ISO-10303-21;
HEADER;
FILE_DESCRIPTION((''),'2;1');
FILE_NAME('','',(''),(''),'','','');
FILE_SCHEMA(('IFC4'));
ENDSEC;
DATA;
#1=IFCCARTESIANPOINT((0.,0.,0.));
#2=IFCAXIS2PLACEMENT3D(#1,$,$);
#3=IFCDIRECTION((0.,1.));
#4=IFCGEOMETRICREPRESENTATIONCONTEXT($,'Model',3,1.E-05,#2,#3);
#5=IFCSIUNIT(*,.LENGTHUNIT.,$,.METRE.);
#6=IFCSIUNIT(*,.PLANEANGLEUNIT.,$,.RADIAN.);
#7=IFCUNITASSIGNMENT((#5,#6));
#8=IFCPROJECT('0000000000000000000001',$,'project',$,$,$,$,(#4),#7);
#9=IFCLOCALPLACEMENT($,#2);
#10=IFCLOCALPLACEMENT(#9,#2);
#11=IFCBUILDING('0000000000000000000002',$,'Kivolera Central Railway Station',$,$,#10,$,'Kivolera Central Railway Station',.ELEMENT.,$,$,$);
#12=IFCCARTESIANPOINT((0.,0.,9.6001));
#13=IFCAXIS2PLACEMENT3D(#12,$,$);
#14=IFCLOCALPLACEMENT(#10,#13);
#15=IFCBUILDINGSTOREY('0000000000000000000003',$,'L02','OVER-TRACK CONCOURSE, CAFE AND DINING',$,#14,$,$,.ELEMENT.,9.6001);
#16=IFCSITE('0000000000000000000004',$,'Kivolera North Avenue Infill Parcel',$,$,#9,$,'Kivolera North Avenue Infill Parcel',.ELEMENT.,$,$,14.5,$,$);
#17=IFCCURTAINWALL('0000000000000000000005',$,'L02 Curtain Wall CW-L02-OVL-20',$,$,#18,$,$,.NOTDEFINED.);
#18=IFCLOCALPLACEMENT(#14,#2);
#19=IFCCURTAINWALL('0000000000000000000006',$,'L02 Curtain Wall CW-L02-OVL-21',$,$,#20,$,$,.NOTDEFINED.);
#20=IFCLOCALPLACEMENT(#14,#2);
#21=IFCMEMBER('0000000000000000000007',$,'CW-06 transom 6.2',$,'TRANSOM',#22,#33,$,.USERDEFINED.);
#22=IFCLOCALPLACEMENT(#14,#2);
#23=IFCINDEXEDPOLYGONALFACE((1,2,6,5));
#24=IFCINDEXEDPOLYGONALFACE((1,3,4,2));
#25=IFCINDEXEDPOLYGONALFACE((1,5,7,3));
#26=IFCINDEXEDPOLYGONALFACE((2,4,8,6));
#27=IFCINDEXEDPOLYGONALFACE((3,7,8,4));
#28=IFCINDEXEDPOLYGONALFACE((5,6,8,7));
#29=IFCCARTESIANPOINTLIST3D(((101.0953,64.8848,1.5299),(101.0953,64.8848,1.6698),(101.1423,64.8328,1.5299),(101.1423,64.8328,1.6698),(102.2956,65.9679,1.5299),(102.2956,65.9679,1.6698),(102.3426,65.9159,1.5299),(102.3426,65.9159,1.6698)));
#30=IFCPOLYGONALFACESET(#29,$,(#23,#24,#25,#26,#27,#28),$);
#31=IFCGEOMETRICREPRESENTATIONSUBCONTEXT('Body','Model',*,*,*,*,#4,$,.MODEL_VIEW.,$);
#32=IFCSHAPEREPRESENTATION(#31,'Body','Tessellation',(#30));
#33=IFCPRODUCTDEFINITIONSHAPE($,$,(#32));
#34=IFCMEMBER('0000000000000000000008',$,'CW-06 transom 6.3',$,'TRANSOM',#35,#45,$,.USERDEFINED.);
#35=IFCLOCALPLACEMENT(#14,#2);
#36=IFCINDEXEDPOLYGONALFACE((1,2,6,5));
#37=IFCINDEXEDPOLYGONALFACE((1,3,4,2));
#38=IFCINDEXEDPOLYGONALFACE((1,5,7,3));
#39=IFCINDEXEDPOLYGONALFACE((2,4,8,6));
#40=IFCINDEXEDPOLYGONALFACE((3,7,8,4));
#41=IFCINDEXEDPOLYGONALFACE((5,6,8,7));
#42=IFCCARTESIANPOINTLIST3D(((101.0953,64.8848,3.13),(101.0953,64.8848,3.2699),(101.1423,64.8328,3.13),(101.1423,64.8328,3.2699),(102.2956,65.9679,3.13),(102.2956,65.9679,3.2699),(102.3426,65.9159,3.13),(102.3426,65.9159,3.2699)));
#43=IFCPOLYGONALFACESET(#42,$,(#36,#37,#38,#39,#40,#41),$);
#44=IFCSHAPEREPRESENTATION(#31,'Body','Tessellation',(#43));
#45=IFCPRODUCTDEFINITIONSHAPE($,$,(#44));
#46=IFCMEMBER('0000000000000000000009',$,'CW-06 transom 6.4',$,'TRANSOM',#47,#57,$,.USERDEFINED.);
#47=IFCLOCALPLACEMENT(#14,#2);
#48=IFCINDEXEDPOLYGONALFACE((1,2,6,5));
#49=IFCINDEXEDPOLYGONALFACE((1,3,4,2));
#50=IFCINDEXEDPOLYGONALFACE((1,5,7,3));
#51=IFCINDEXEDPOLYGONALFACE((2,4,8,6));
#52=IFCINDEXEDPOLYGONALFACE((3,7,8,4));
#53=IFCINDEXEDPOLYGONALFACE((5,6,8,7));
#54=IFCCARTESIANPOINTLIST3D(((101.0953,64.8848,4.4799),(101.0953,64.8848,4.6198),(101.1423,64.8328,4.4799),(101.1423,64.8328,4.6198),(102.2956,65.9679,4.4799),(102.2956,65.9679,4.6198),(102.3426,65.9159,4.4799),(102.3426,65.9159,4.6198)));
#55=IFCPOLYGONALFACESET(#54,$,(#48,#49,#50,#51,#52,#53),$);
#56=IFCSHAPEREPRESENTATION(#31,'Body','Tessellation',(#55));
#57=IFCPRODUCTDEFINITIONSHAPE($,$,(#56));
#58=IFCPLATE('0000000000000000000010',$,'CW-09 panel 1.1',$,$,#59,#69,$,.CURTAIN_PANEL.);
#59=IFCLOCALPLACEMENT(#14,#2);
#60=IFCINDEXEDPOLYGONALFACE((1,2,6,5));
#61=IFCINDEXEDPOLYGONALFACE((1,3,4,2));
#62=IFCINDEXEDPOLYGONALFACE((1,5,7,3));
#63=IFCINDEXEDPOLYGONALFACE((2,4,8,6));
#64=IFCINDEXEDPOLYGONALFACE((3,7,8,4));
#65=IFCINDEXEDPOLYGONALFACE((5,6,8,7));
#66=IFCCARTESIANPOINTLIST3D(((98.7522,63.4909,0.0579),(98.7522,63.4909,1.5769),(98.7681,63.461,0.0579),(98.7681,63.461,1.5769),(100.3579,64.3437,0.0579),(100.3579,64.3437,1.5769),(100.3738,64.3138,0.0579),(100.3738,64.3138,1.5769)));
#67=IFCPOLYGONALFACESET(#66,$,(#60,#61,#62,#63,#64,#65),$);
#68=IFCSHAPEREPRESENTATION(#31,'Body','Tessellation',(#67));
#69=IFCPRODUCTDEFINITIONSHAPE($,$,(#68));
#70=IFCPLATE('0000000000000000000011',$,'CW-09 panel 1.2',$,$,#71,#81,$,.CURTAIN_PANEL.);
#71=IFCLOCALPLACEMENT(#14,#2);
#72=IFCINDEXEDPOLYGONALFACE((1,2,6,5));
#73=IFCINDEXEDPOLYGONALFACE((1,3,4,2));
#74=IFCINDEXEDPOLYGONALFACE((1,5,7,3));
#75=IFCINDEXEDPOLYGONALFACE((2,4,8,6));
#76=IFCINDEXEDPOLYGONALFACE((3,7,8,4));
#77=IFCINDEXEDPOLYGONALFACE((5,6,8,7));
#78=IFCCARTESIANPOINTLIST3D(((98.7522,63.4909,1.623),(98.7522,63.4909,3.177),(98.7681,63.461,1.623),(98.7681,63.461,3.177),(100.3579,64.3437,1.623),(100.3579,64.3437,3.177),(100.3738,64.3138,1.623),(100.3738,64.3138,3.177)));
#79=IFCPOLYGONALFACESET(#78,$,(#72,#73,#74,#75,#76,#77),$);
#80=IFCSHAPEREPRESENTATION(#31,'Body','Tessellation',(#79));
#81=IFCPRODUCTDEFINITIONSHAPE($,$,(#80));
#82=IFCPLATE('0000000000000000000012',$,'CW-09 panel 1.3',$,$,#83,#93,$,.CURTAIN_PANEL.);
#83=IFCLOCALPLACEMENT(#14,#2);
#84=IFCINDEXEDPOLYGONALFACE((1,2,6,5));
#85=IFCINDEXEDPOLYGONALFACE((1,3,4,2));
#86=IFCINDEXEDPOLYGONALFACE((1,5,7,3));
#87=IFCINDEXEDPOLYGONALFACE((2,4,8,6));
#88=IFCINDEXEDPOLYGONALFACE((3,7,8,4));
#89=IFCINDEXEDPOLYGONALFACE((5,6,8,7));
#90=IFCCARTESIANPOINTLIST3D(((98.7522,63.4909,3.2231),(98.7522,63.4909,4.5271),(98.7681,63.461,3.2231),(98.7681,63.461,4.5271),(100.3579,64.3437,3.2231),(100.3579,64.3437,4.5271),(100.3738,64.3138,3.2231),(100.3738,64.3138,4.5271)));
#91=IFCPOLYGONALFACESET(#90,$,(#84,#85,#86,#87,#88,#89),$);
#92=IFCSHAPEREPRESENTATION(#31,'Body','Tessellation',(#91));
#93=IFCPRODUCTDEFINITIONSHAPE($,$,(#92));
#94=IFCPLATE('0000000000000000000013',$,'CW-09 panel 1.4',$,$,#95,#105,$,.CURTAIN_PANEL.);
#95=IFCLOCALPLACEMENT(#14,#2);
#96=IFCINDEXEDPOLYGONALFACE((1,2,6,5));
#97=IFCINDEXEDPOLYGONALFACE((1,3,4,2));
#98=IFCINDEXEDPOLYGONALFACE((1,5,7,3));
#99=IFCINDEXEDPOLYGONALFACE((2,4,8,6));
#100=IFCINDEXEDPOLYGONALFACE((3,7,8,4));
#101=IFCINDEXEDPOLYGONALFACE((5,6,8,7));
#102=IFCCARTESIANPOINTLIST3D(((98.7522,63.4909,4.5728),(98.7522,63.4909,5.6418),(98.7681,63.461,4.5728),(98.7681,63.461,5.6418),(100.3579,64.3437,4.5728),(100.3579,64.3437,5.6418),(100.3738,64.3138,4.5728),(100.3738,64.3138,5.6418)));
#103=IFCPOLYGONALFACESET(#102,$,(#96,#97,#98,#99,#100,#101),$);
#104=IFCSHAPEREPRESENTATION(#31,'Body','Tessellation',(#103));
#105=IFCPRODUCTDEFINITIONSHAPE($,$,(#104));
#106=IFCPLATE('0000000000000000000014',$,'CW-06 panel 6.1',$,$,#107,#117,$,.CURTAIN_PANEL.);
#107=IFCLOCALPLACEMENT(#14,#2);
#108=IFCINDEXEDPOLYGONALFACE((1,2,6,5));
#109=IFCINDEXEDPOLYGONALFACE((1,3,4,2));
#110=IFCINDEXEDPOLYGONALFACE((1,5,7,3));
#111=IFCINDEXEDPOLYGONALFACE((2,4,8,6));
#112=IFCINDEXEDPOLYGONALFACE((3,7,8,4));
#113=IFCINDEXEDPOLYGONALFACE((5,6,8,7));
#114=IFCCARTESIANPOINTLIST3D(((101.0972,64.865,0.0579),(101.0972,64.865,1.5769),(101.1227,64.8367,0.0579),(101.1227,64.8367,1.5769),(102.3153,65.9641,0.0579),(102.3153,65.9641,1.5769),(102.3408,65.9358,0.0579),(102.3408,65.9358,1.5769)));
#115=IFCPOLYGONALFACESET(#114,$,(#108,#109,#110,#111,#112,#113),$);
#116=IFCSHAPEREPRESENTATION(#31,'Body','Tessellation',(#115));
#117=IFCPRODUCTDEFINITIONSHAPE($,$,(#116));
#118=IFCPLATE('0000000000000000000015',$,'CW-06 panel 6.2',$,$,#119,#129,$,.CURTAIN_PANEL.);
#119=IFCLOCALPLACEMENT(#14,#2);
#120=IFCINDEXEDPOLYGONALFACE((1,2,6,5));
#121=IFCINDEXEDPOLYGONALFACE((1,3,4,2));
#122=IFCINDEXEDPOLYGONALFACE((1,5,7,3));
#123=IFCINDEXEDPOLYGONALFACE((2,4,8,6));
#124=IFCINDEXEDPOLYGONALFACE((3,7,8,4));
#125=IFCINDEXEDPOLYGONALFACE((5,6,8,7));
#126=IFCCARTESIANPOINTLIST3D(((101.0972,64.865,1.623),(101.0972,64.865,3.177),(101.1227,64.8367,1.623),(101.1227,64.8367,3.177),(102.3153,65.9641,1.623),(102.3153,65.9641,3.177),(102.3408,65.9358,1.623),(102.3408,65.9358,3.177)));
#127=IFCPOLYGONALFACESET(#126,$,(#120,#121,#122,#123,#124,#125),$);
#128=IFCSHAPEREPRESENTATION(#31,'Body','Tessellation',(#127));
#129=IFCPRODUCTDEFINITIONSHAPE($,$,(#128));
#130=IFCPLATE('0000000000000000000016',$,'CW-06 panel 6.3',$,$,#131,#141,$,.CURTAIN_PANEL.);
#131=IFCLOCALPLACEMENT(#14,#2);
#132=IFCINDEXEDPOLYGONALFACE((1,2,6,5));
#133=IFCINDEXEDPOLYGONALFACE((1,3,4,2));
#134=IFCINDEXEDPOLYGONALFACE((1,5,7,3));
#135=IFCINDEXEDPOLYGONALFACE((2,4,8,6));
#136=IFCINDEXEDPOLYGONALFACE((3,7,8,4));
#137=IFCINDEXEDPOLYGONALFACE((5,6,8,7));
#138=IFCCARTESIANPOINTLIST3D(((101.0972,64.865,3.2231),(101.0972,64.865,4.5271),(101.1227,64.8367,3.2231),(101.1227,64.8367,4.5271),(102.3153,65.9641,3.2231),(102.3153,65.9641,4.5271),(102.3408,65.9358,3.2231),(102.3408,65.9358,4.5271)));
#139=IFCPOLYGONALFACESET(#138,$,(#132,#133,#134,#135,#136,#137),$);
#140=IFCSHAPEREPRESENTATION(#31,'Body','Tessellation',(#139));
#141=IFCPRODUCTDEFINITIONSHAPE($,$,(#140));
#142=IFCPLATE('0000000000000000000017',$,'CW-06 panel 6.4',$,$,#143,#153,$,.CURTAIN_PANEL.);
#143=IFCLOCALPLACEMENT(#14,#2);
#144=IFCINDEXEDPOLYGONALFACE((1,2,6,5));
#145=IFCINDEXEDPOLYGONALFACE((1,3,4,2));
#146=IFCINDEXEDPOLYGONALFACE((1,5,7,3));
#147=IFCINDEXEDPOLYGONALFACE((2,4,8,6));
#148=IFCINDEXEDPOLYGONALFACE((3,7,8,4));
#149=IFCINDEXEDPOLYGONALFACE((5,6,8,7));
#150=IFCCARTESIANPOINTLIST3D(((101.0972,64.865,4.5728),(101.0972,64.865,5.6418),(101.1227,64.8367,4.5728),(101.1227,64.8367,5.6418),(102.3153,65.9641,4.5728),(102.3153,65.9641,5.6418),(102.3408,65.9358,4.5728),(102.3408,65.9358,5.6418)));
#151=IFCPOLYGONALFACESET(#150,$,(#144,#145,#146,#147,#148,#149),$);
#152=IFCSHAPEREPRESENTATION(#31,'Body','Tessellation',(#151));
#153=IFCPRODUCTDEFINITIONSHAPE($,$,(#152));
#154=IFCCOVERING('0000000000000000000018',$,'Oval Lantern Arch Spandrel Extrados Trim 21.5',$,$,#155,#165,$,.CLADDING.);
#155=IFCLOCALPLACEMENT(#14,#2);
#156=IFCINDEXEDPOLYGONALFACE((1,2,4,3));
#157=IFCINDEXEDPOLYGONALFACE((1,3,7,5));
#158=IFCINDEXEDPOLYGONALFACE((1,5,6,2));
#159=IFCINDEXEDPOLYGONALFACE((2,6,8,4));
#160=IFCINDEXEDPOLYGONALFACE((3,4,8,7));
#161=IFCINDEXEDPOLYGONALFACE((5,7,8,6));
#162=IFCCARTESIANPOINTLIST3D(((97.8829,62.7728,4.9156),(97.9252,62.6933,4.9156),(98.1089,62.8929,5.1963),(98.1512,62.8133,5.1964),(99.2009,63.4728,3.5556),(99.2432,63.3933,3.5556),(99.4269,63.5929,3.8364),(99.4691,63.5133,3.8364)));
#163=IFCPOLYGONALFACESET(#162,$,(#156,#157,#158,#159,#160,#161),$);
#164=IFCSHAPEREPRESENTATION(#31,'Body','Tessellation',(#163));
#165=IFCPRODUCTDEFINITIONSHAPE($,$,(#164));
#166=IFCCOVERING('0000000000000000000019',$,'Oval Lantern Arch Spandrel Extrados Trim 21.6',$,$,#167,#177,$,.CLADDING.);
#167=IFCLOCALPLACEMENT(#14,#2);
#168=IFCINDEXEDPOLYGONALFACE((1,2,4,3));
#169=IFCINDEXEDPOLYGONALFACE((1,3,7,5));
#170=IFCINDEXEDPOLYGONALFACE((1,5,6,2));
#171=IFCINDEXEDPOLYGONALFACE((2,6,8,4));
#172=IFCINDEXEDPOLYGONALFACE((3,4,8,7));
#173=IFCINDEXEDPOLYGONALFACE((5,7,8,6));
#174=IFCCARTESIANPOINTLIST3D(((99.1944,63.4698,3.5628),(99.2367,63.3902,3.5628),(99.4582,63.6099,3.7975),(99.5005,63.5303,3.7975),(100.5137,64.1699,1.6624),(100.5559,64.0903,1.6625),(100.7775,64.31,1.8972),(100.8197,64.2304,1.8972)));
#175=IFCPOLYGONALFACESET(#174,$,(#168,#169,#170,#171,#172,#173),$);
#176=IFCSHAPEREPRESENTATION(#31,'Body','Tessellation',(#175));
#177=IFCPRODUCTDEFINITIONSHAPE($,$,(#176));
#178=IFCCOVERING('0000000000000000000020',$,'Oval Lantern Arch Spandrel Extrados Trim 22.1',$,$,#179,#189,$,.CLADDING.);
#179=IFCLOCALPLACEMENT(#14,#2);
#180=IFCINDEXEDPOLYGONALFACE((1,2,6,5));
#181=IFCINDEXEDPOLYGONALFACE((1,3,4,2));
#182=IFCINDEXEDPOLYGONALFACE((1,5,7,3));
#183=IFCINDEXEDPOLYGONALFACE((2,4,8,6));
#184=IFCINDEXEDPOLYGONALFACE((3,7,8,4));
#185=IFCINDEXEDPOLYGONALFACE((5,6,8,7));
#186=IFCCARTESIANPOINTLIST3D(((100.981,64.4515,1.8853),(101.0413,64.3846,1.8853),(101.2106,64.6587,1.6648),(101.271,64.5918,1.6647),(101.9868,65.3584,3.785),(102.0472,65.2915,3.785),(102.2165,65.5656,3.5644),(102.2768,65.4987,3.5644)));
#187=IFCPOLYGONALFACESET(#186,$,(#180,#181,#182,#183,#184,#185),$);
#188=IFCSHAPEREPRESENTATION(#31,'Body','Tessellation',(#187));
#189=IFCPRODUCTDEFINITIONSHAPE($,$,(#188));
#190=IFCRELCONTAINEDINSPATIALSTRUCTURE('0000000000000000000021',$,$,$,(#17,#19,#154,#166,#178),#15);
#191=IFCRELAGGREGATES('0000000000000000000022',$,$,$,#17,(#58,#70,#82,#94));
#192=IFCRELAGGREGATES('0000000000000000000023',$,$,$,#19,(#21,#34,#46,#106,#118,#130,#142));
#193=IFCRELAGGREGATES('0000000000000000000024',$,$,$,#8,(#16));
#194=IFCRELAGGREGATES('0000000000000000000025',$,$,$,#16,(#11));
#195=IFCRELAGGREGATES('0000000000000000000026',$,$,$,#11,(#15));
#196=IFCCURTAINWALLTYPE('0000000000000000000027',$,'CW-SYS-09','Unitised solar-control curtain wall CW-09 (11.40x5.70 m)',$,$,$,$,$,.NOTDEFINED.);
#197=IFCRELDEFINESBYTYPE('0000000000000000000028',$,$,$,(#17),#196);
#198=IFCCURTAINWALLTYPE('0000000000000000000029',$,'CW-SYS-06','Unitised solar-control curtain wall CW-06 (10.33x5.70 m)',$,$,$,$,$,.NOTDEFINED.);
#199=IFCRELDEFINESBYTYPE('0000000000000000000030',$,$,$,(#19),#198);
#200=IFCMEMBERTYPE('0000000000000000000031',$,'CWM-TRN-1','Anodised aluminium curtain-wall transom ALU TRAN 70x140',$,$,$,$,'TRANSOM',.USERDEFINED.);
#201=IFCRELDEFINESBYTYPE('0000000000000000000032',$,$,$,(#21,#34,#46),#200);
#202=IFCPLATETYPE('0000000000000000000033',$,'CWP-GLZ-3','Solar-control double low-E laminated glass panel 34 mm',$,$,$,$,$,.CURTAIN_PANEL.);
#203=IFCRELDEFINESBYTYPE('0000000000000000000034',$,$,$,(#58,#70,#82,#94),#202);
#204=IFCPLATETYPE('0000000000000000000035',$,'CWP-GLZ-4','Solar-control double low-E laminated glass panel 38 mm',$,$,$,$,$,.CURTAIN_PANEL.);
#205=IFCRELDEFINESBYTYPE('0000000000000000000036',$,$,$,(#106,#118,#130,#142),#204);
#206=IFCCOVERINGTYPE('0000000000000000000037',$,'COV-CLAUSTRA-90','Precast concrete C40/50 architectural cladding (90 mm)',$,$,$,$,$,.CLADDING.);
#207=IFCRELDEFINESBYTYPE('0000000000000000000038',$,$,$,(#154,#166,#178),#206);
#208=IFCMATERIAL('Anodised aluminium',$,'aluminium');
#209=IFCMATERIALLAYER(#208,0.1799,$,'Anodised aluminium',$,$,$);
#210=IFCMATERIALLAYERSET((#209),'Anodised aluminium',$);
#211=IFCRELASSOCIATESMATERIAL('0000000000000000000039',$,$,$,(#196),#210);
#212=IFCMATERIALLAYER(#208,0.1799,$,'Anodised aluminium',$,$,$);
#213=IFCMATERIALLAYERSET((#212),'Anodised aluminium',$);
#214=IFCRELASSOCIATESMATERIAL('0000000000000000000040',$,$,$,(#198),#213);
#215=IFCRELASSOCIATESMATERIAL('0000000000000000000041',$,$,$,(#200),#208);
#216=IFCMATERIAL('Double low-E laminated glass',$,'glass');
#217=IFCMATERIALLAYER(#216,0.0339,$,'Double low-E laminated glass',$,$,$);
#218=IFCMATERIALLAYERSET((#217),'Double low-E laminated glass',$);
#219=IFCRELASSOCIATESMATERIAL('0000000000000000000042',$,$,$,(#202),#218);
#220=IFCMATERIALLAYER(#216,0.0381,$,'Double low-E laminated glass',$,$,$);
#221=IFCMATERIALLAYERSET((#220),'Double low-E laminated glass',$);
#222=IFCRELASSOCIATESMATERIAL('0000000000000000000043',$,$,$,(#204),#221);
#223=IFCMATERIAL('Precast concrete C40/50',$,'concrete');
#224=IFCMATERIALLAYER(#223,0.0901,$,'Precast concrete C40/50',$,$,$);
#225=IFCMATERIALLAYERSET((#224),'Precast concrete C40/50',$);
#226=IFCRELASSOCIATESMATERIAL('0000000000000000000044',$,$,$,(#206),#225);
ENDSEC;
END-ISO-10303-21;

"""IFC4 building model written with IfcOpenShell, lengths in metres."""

from ifc_helpers import new_model, si_unit, direction, frame, origin, origin_2d, place, context, subcontext, project, spatial, rectangle, extrude, material, layer, layer_set, material_profile, profile_set, type_object, element, aggregate, save


model = new_model("IFC4")

# Units and contexts
model_context = context("Model", 3, precision=1e-05, world=origin(), true_north=direction((0.0, 1.0)))
body_context = subcontext(model_context, "Body", "Model", "MODEL_VIEW")
ifc_project = project(units=[si_unit("LENGTHUNIT", "METRE"), si_unit("PLANEANGLEUNIT", "RADIAN")], contexts=[model_context])

# Site, building, storey
site_placement = place(None, origin())
site = spatial("IfcSite", under=ifc_project, at=site_placement, Name="Kivolera North Avenue Infill Parcel", LongName="Kivolera North Avenue Infill Parcel", CompositionType="ELEMENT", RefElevation=14.5)
building_placement = place(site_placement, origin())
building = spatial("IfcBuilding", under=site, at=building_placement, Name="Kivolera Central Railway Station", LongName="Kivolera Central Railway Station", CompositionType="ELEMENT")
storey_placement = place(building_placement, frame((0.0, 0.0, 9.6001)))
storey = spatial("IfcBuildingStorey", under=building, at=storey_placement, Name="L02", Description="OVER-TRACK CONCOURSE, CAFE AND DINING", CompositionType="ELEMENT", Elevation=9.6001)

# Curtain wall
ifc_material_1 = material(Name="Anodised aluminium", Category="aluminium")
ifc_layer_1 = layer(ifc_material_1, 0.1799, Name="Anodised aluminium")
ifc_layer_set_1 = layer_set([ifc_layer_1], Name="Anodised aluminium")
curtain_wall_type_1 = type_object("IfcCurtainWallType", Name="CW-SYS-09", Description="Unitised solar-control curtain wall CW-09 (11.40x5.70 m)", PredefinedType="NOTDEFINED", material=ifc_layer_set_1)
curtain_wall_1_placement = place(storey_placement, origin())
curtain_wall_1 = element("IfcCurtainWall", 1, at=curtain_wall_1_placement, inside=storey, type_object=curtain_wall_type_1, Name="L02 Curtain Wall CW-L02-OVL-20", PredefinedType="NOTDEFINED")

# Curtain wall
ifc_layer_2 = layer(ifc_material_1, 0.1799, Name="Anodised aluminium")
ifc_layer_set_2 = layer_set([ifc_layer_2], Name="Anodised aluminium")
curtain_wall_type_2 = type_object("IfcCurtainWallType", Name="CW-SYS-06", Description="Unitised solar-control curtain wall CW-06 (10.33x5.70 m)", PredefinedType="NOTDEFINED", material=ifc_layer_set_2)
curtain_wall_2_placement = place(storey_placement, origin())
curtain_wall_2 = element("IfcCurtainWall", 2, at=curtain_wall_2_placement, inside=storey, type_object=curtain_wall_type_2, Name="L02 Curtain Wall CW-L02-OVL-21", PredefinedType="NOTDEFINED")

# Members
ifc_material_profile_1 = material_profile(ifc_material_1, rectangle(XDim=0.0701, YDim=0.1399, at=origin_2d()), Name="ALU TRAN 70x140")
ifc_profile_set_1 = profile_set([ifc_material_profile_1], Name="Anodised aluminium")
member_type_1 = type_object("IfcMemberType", Name="CWM-TRN-1", Description="Anodised aluminium curtain-wall transom ALU TRAN 70x140", ElementType="TRANSOM", PredefinedType="USERDEFINED", material=ifc_profile_set_1)
member_1_placement = place(storey_placement, frame((102.3191, 65.9419, 1.5999), z_axis=(-0.742422, -0.669932, 0.0), x_axis=(0.669932, -0.742422, 0.0)))
member_1 = element("IfcMember", 3, at=member_1_placement, type_object=member_type_1, Name="CW-06 transom 6.2", ObjectType="TRANSOM", PredefinedType="USERDEFINED", context=body_context, shape_type="SweptSolid", body=[
    extrude(rectangle(XDim=0.0701, YDim=0.1399, at=origin_2d()), origin(), (0.0, 0.0, 1.0), 1.6167),
])
member_2_placement = place(storey_placement, frame((102.3191, 65.9419, 3.2), z_axis=(-0.742422, -0.669932, 0.0), x_axis=(0.669932, -0.742422, 0.0)))
member_2 = element("IfcMember", 4, at=member_2_placement, type_object=member_type_1, Name="CW-06 transom 6.3", ObjectType="TRANSOM", PredefinedType="USERDEFINED", context=body_context, shape_type="SweptSolid", body=[
    extrude(rectangle(XDim=0.0701, YDim=0.1399, at=origin_2d()), origin(), (0.0, 0.0, 1.0), 1.6167),
])
member_3_placement = place(storey_placement, frame((102.3191, 65.9419, 4.5498), z_axis=(-0.742422, -0.669932, 0.0), x_axis=(0.669932, -0.742422, 0.0)))
member_3 = element("IfcMember", 5, at=member_3_placement, type_object=member_type_1, Name="CW-06 transom 6.4", ObjectType="TRANSOM", PredefinedType="USERDEFINED", context=body_context, shape_type="SweptSolid", body=[
    extrude(rectangle(XDim=0.0701, YDim=0.1399, at=origin_2d()), origin(), (0.0, 0.0, 1.0), 1.6167),
])

# Plates
ifc_material_2 = material(Name="Double low-E laminated glass", Category="glass")
ifc_layer_3 = layer(ifc_material_2, 0.0339, Name="Double low-E laminated glass")
ifc_layer_set_3 = layer_set([ifc_layer_3], Name="Double low-E laminated glass")
plate_type_1 = type_object("IfcPlateType", Name="CWP-GLZ-3", Description="Solar-control double low-E laminated glass panel 34 mm", PredefinedType="CURTAIN_PANEL", material=ifc_layer_set_3)
plate_1_placement = place(storey_placement, frame((99.563, 63.9023, 0.0579), z_axis=(0.0, 0.0, 1.0), x_axis=(-0.88317, -0.469053, 0.0)))
plate_1 = element("IfcPlate", 6, at=plate_1_placement, type_object=plate_type_1, Name="CW-09 panel 1.1", PredefinedType="CURTAIN_PANEL", context=body_context, shape_type="SweptSolid", body=[
    extrude(rectangle(XDim=1.8181, YDim=0.0339, at=origin_2d()), origin(), (0.0, 0.0, 1.0), 1.519),
])
plate_2_placement = place(storey_placement, frame((99.563, 63.9023, 1.623), z_axis=(0.0, 0.0, 1.0), x_axis=(-0.88317, -0.469053, 0.0)))
plate_2 = element("IfcPlate", 7, at=plate_2_placement, type_object=plate_type_1, Name="CW-09 panel 1.2", PredefinedType="CURTAIN_PANEL", context=body_context, shape_type="SweptSolid", body=[
    extrude(rectangle(XDim=1.8181, YDim=0.0339, at=origin_2d()), origin(), (0.0, 0.0, 1.0), 1.554),
])
plate_3_placement = place(storey_placement, frame((99.563, 63.9023, 3.2231), z_axis=(0.0, 0.0, 1.0), x_axis=(-0.88317, -0.469053, 0.0)))
plate_3 = element("IfcPlate", 8, at=plate_3_placement, type_object=plate_type_1, Name="CW-09 panel 1.3", PredefinedType="CURTAIN_PANEL", context=body_context, shape_type="SweptSolid", body=[
    extrude(rectangle(XDim=1.8181, YDim=0.0339, at=origin_2d()), origin(), (0.0, 0.0, 1.0), 1.304),
])
plate_4_placement = place(storey_placement, frame((99.563, 63.9023, 4.5728), z_axis=(0.0, 0.0, 1.0), x_axis=(-0.88317, -0.469053, 0.0)))
plate_4 = element("IfcPlate", 9, at=plate_4_placement, type_object=plate_type_1, Name="CW-09 panel 1.4", PredefinedType="CURTAIN_PANEL", context=body_context, shape_type="SweptSolid", body=[
    extrude(rectangle(XDim=1.8181, YDim=0.0339, at=origin_2d()), origin(), (0.0, 0.0, 1.0), 1.0691),
])
aggregate(curtain_wall_1, [plate_1, plate_2, plate_3, plate_4])
ifc_layer_4 = layer(ifc_material_2, 0.0381, Name="Double low-E laminated glass")
ifc_layer_set_4 = layer_set([ifc_layer_4], Name="Double low-E laminated glass")
plate_type_2 = type_object("IfcPlateType", Name="CWP-GLZ-4", Description="Solar-control double low-E laminated glass panel 38 mm", PredefinedType="CURTAIN_PANEL", material=ifc_layer_set_4)
plate_5_placement = place(storey_placement, frame((101.719, 65.4004, 0.0579), z_axis=(0.0, 0.0, 1.0), x_axis=(-0.742432, -0.669922, 0.0)))
plate_5 = element("IfcPlate", 10, at=plate_5_placement, type_object=plate_type_2, Name="CW-06 panel 6.1", PredefinedType="CURTAIN_PANEL", context=body_context, shape_type="SweptSolid", body=[
    extrude(rectangle(XDim=1.6406, YDim=0.0381, at=origin_2d()), origin(), (0.0, 0.0, 1.0), 1.519),
])
plate_6_placement = place(storey_placement, frame((101.719, 65.4004, 1.623), z_axis=(0.0, 0.0, 1.0), x_axis=(-0.742432, -0.669922, 0.0)))
plate_6 = element("IfcPlate", 11, at=plate_6_placement, type_object=plate_type_2, Name="CW-06 panel 6.2", PredefinedType="CURTAIN_PANEL", context=body_context, shape_type="SweptSolid", body=[
    extrude(rectangle(XDim=1.6406, YDim=0.0381, at=origin_2d()), origin(), (0.0, 0.0, 1.0), 1.554),
])
plate_7_placement = place(storey_placement, frame((101.719, 65.4004, 3.2231), z_axis=(0.0, 0.0, 1.0), x_axis=(-0.742432, -0.669922, 0.0)))
plate_7 = element("IfcPlate", 12, at=plate_7_placement, type_object=plate_type_2, Name="CW-06 panel 6.3", PredefinedType="CURTAIN_PANEL", context=body_context, shape_type="SweptSolid", body=[
    extrude(rectangle(XDim=1.6406, YDim=0.0381, at=origin_2d()), origin(), (0.0, 0.0, 1.0), 1.304),
])
plate_8_placement = place(storey_placement, frame((101.719, 65.4004, 4.5728), z_axis=(0.0, 0.0, 1.0), x_axis=(-0.742432, -0.669922, 0.0)))
plate_8 = element("IfcPlate", 13, at=plate_8_placement, type_object=plate_type_2, Name="CW-06 panel 6.4", PredefinedType="CURTAIN_PANEL", context=body_context, shape_type="SweptSolid", body=[
    extrude(rectangle(XDim=1.6406, YDim=0.0381, at=origin_2d()), origin(), (0.0, 0.0, 1.0), 1.0691),
])
aggregate(curtain_wall_2, [member_1, member_2, member_3, plate_5, plate_6, plate_7, plate_8])

# Coverings
ifc_material_3 = material(Name="Precast concrete C40/50", Category="concrete")
ifc_layer_5 = layer(ifc_material_3, 0.0901, Name="Precast concrete C40/50")
ifc_layer_set_5 = layer_set([ifc_layer_5], Name="Precast concrete C40/50")
covering_type = type_object("IfcCoveringType", Name="COV-CLAUSTRA-90", Description="Precast concrete C40/50 architectural cladding (90 mm)", PredefinedType="CLADDING", material=ifc_layer_set_5)
covering_1_placement = place(storey_placement, frame((98.676, 63.1431, 4.376), z_axis=(0.652769, 0.346691, -0.673571), x_axis=(0.469119, -0.883135, 0.0)))
element("IfcCovering", 14, at=covering_1_placement, inside=storey, type_object=covering_type, Name="Oval Lantern Arch Spandrel Extrados Trim 21.5", PredefinedType="CLADDING", context=body_context, shape_type="SweptSolid", body=[
    extrude(rectangle(XDim=0.0901, YDim=0.3799, at=origin_2d()), frame((0.0, 0.0, -1.0095)), (0.0, 0.0, 1.0), 2.019),
])
covering_2_placement = place(storey_placement, frame((100.0071, 63.8501, 2.73), z_axis=(0.545817, 0.289668, -0.786242), x_axis=(0.469119, -0.883135, 0.0)))
element("IfcCovering", 15, at=covering_2_placement, inside=storey, type_object=covering_type, Name="Oval Lantern Arch Spandrel Extrados Trim 21.6", PredefinedType="CLADDING", context=body_context, shape_type="SweptSolid", body=[
    extrude(rectangle(XDim=0.0901, YDim=0.3799, at=origin_2d()), frame((0.0, 0.0, -1.2085)), (0.0, 0.0, 1.0), 2.417),
])
covering_3_placement = place(storey_placement, frame((101.6289, 64.9751, 2.7249), z_axis=(0.431133, 0.388706, 0.814268), x_axis=(0.669922, -0.742431, 0.0)))
element("IfcCovering", 16, at=covering_3_placement, inside=storey, type_object=covering_type, Name="Oval Lantern Arch Spandrel Extrados Trim 22.1", PredefinedType="CLADDING", context=body_context, shape_type="SweptSolid", body=[
    extrude(rectangle(XDim=0.0901, YDim=0.3799, at=origin_2d()), frame((0.0, 0.0, -1.1665)), (0.0, 0.0, 1.0), 2.333),
])

save(model, "model.ifc")
